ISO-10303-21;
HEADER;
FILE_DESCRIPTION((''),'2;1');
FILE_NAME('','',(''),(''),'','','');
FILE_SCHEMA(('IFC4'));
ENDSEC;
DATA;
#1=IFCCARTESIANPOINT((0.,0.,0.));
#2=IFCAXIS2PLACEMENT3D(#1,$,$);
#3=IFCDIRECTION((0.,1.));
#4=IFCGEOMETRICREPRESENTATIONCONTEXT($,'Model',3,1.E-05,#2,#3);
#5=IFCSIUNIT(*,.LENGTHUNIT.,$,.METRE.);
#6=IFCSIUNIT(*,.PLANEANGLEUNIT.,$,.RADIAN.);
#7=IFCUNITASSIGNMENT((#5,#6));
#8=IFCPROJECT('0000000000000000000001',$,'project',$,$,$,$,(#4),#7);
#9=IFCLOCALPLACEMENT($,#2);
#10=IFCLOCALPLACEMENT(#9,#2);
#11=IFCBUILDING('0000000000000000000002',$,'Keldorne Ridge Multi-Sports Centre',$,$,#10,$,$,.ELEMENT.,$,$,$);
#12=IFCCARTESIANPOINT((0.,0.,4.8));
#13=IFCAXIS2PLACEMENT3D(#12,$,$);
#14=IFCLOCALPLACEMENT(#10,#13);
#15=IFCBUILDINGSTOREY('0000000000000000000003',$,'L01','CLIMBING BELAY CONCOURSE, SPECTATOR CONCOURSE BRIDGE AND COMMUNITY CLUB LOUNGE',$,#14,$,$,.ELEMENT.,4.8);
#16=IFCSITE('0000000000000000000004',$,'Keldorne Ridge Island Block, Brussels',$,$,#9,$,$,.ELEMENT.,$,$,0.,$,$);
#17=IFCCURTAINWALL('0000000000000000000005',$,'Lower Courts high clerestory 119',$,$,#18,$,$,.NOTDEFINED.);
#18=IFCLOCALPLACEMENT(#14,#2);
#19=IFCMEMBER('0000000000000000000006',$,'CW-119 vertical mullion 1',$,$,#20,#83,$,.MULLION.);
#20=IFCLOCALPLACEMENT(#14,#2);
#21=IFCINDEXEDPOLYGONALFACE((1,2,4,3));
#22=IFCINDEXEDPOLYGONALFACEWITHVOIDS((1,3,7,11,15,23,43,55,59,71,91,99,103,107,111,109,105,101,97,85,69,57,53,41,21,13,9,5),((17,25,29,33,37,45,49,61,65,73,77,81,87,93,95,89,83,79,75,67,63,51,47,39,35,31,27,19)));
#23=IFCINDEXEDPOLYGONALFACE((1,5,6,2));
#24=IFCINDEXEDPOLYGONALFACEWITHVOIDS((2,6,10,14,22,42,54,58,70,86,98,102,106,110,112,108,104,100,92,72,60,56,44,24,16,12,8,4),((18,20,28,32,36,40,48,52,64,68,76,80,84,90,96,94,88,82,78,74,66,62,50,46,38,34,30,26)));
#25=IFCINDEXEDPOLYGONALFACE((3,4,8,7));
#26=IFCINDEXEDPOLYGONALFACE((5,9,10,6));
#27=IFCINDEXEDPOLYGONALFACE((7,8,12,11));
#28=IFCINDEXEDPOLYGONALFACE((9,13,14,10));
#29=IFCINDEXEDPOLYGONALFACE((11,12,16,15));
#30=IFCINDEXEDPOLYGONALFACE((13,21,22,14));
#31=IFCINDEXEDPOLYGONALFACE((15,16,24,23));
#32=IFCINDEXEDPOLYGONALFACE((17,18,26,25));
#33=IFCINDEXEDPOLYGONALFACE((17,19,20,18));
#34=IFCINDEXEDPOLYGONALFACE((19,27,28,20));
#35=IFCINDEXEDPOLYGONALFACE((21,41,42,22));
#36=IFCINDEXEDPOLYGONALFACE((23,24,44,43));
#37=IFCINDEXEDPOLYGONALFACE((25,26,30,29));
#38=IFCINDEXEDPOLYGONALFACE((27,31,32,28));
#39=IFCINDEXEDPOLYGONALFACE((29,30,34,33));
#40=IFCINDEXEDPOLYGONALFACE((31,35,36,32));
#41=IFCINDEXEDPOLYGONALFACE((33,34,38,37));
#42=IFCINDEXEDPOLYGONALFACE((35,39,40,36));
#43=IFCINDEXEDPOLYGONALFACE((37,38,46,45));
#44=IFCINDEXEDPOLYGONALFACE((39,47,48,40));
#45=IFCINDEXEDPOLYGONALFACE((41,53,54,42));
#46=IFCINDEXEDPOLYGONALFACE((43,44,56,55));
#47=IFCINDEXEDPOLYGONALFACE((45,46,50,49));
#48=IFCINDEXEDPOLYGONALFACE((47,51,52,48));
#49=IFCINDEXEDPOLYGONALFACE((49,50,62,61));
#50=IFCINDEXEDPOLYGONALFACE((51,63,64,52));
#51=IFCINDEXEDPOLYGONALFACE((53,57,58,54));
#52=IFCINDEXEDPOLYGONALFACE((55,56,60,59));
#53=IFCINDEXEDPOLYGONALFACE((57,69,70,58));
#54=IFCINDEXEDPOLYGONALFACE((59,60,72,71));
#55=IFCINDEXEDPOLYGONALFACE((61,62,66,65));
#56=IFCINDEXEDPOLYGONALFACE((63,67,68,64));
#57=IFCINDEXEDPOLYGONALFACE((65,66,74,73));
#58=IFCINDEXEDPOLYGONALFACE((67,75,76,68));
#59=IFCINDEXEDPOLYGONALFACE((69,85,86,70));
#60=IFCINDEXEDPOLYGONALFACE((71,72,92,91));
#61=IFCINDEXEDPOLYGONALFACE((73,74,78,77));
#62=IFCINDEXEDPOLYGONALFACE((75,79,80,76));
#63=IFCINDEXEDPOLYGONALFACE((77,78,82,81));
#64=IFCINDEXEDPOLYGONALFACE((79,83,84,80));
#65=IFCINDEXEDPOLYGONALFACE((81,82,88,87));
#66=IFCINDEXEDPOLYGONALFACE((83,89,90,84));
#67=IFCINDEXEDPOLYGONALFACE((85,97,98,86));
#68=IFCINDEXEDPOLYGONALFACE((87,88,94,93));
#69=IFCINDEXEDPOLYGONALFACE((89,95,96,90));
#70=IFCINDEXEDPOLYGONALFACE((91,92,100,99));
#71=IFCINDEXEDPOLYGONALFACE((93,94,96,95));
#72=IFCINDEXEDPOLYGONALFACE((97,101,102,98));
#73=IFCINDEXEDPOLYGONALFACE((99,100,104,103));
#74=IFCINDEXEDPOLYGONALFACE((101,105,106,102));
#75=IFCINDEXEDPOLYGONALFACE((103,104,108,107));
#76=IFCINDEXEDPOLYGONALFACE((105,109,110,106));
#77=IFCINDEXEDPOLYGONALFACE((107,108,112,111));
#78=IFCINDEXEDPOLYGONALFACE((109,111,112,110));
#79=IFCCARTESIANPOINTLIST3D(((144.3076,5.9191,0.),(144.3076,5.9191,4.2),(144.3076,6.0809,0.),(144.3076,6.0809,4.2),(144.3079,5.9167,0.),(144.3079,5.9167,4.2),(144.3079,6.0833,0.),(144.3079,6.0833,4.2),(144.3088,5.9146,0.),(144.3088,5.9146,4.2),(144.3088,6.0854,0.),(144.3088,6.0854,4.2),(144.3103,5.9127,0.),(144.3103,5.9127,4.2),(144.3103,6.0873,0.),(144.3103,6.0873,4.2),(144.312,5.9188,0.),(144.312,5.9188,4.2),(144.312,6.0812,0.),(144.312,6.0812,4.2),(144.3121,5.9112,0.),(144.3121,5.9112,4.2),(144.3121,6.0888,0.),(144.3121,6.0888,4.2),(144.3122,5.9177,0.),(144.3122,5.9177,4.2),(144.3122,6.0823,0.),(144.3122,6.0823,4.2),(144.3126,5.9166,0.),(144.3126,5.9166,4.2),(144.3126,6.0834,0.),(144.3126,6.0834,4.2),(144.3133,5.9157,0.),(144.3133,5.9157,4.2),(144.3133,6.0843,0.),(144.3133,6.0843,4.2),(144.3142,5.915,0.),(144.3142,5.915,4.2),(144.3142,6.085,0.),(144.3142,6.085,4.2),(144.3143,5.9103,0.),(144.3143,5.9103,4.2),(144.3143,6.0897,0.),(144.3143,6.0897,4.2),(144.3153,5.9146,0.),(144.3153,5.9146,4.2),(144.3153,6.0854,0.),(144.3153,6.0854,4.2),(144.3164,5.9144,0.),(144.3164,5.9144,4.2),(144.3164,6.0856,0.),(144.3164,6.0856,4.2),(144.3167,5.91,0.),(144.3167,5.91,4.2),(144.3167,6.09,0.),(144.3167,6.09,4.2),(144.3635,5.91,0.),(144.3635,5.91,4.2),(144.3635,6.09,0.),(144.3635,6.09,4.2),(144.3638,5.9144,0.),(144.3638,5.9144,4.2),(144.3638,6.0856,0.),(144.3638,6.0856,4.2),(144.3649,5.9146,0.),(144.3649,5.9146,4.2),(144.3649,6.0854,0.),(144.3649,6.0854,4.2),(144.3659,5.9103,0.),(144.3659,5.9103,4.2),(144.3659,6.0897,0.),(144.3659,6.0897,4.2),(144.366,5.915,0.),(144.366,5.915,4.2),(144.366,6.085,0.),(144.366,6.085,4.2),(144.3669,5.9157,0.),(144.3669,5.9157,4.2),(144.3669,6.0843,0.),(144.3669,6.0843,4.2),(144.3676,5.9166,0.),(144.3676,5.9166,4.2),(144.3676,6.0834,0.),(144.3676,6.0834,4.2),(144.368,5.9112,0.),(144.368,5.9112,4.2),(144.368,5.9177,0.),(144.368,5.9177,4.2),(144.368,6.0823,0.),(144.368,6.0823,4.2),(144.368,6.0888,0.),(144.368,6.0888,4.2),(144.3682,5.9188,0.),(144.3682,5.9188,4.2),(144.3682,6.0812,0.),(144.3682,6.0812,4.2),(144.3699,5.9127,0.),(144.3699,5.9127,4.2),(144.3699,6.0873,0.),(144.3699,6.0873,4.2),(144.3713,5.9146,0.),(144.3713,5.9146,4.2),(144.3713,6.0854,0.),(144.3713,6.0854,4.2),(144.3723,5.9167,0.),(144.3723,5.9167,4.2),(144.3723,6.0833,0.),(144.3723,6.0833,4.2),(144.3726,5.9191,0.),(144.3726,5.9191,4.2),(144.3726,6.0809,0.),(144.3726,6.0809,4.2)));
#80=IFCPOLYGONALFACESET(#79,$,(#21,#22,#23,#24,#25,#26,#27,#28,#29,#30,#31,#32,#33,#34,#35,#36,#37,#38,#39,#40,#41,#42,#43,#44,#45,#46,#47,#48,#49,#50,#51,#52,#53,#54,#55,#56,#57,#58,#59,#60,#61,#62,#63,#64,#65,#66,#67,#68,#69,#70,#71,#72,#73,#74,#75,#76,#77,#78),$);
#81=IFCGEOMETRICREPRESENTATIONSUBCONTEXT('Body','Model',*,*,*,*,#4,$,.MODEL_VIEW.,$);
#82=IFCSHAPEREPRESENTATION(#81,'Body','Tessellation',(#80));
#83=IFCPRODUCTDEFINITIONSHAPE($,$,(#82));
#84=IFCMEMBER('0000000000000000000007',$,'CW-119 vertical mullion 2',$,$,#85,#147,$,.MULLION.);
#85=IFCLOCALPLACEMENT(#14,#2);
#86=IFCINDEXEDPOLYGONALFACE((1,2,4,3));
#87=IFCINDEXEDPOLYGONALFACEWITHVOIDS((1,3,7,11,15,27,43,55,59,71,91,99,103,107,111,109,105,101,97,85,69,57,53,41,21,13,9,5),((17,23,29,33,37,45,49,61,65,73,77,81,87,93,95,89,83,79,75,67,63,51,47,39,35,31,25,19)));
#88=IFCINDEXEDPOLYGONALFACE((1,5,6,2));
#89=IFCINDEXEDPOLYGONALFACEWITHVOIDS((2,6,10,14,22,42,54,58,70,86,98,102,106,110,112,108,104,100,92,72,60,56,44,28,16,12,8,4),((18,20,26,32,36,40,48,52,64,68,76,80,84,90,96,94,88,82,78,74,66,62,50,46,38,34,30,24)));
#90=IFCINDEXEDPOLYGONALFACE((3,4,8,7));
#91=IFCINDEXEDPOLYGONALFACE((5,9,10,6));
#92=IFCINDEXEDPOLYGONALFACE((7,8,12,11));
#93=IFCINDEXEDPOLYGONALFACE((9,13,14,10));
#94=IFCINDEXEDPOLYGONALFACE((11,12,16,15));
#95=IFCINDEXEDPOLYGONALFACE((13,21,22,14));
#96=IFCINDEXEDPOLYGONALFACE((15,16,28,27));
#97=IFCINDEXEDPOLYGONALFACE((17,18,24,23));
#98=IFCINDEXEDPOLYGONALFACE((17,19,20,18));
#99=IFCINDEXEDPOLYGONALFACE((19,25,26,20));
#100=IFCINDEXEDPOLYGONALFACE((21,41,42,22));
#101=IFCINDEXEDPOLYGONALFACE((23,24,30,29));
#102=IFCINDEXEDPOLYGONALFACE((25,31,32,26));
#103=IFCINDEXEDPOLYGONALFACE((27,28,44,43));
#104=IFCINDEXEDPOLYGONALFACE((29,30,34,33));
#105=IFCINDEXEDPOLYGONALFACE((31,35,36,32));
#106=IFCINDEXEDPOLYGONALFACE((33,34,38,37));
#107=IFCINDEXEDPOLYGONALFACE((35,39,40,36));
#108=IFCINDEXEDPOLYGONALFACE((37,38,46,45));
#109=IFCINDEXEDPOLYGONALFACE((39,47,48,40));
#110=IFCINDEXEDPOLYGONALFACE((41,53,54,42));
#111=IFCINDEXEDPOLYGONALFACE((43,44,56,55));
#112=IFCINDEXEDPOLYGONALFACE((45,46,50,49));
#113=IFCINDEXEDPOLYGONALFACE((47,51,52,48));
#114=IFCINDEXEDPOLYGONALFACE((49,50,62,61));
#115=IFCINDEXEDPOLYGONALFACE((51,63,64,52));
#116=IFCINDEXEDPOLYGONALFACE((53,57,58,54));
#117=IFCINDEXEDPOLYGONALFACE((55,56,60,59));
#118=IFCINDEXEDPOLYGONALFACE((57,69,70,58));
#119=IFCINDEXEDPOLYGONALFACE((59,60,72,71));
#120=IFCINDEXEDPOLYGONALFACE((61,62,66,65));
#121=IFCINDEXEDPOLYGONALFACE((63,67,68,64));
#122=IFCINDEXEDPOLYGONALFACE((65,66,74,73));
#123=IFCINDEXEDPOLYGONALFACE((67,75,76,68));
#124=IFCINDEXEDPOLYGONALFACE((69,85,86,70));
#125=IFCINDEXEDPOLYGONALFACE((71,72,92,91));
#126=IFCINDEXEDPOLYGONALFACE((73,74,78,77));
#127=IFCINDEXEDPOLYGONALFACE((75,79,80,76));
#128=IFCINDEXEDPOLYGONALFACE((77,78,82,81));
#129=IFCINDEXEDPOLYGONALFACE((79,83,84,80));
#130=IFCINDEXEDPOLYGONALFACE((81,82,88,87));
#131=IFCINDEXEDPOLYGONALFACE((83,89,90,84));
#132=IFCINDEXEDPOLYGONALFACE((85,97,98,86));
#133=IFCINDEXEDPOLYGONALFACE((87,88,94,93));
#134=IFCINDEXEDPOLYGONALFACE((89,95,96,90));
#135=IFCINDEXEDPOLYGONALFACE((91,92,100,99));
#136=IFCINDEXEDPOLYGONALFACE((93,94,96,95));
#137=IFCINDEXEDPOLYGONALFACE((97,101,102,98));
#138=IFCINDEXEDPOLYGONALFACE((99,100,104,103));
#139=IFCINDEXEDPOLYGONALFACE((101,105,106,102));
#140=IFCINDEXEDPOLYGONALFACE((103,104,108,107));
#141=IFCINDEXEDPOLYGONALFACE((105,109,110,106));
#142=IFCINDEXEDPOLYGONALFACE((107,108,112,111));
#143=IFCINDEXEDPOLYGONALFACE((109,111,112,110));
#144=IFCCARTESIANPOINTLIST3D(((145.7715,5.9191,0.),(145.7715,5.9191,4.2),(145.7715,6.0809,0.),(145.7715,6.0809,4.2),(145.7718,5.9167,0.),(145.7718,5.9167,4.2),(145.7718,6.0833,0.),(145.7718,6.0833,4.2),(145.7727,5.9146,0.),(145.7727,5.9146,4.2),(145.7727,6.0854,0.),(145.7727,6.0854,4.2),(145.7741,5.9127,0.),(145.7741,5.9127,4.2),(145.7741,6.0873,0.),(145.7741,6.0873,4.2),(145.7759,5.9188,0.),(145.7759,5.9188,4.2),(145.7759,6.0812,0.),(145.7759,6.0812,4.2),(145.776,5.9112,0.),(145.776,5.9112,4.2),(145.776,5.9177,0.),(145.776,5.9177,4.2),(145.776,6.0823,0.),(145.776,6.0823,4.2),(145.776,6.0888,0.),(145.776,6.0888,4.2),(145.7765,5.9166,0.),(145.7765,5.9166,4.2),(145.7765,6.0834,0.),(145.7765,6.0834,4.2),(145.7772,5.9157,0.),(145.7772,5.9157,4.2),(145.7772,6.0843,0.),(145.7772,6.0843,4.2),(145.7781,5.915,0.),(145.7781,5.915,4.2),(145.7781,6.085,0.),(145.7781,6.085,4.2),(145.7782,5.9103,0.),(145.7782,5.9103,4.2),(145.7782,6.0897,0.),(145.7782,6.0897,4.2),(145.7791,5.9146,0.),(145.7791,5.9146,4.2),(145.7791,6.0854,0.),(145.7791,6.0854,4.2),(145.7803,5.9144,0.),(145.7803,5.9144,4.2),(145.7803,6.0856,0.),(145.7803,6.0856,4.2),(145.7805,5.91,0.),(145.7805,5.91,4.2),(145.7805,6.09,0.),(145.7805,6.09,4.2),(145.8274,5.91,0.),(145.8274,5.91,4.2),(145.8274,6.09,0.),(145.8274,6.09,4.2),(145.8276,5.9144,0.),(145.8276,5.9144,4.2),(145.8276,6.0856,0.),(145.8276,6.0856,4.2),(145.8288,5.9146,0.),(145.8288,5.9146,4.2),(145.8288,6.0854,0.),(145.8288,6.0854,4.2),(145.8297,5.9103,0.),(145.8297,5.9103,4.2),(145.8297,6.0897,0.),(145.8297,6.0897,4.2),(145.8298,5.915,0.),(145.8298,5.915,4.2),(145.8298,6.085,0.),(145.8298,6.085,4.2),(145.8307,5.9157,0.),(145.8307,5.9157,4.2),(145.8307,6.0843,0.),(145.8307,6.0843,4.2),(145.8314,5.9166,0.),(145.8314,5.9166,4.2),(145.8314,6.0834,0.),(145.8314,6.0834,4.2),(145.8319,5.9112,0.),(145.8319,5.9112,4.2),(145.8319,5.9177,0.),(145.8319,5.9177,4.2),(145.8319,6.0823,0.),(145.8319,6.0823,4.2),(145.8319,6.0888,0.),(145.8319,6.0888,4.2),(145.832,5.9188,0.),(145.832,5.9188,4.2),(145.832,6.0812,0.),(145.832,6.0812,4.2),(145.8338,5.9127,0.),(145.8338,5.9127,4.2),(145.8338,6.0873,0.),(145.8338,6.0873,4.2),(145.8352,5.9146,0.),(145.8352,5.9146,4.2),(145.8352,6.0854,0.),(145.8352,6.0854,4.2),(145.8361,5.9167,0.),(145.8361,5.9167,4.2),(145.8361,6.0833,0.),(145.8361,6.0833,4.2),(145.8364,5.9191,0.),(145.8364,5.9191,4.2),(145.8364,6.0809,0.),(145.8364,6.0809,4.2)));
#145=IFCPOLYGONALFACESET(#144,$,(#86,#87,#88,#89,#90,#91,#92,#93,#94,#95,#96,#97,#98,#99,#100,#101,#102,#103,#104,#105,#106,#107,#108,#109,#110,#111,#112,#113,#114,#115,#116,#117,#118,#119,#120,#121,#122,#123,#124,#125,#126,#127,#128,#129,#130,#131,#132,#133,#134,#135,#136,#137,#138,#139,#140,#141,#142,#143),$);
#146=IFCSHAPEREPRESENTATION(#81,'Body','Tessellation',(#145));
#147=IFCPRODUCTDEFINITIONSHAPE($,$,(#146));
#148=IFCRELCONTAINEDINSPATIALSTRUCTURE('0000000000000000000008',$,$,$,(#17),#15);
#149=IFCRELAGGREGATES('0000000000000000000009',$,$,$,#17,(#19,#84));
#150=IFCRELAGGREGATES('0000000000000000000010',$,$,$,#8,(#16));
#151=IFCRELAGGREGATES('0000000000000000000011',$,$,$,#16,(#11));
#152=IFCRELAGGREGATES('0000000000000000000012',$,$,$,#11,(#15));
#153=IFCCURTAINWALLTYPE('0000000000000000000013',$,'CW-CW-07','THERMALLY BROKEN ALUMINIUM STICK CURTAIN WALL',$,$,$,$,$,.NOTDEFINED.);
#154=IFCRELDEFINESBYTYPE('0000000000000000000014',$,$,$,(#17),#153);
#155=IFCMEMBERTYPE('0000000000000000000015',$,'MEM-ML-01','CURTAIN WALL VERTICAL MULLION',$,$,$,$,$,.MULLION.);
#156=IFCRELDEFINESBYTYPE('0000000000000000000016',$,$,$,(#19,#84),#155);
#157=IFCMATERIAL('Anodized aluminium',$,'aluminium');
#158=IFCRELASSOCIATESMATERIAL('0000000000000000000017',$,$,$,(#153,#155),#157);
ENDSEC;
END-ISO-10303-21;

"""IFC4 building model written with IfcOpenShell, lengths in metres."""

from ifc_helpers import new_model, si_unit, direction, frame, origin, origin_2d, place, context, subcontext, project, spatial, hollow_rectangle, extrude, material, material_profile, profile_set, type_object, element, aggregate, save


model = new_model("IFC4")

# Units and contexts
model_context = context("Model", 3, precision=1e-05, world=origin(), true_north=direction((0.0, 1.0)))
body_context = subcontext(model_context, "Body", "Model", "MODEL_VIEW")
ifc_project = project(units=[si_unit("LENGTHUNIT", "METRE"), si_unit("PLANEANGLEUNIT", "RADIAN")], contexts=[model_context])

# Site, building, storey
site_placement = place(None, origin())
site = spatial("IfcSite", under=ifc_project, at=site_placement, Name="Keldorne Ridge Island Block, Brussels", CompositionType="ELEMENT", RefElevation=0.0)
building_placement = place(site_placement, origin())
building = spatial("IfcBuilding", under=site, at=building_placement, Name="Keldorne Ridge Multi-Sports Centre", CompositionType="ELEMENT")
storey_placement = place(building_placement, frame((0.0, 0.0, 4.8)))
storey = spatial("IfcBuildingStorey", under=building, at=storey_placement, Name="L01", Description="CLIMBING BELAY CONCOURSE, SPECTATOR CONCOURSE BRIDGE AND COMMUNITY CLUB LOUNGE", CompositionType="ELEMENT", Elevation=4.8)

# Curtain wall, members
ifc_material_1 = material(Name="Anodized aluminium", Category="aluminium")
curtain_wall_type = type_object("IfcCurtainWallType", Name="CW-CW-07", Description="THERMALLY BROKEN ALUMINIUM STICK CURTAIN WALL", PredefinedType="NOTDEFINED", material=ifc_material_1)
curtain_wall_placement = place(storey_placement, origin())
curtain_wall = element("IfcCurtainWall", 1, at=curtain_wall_placement, inside=storey, type_object=curtain_wall_type, Name="Lower Courts high clerestory 119", PredefinedType="NOTDEFINED")
ifc_material_profile_1 = material_profile(ifc_material_1, hollow_rectangle(XDim=0.0649, YDim=0.1799, WallThickness=0.0044, InnerFilletRadius=0.0044, OuterFilletRadius=0.009, at=origin_2d()), Name="ALU MULLION 180x65x4.5")
ifc_profile_set_1 = profile_set([ifc_material_profile_1], Name="Anodized aluminium")
member_type_1 = type_object("IfcMemberType", Name="MEM-ML-01", Description="CURTAIN WALL VERTICAL MULLION", PredefinedType="MULLION", material=ifc_profile_set_1)
member_1_placement = place(storey_placement, frame((144.3401, 6.0, 0.0), z_axis=(0.0, 0.0, 1.0), x_axis=(1.0, 0.0, 0.0)))
member_1 = element("IfcMember", 2, at=member_1_placement, type_object=member_type_1, Name="CW-119 vertical mullion 1", PredefinedType="MULLION", context=body_context, shape_type="SweptSolid", body=[
    extrude(hollow_rectangle(XDim=0.0649, YDim=0.1799, WallThickness=0.0044, InnerFilletRadius=0.0044, OuterFilletRadius=0.009, at=origin_2d()), origin(), (0.0, 0.0, 1.0), 4.2),
])
member_2_placement = place(storey_placement, frame((145.804, 6.0, 0.0), z_axis=(0.0, 0.0, 1.0), x_axis=(1.0, 0.0, 0.0)))
member_2 = element("IfcMember", 3, at=member_2_placement, type_object=member_type_1, Name="CW-119 vertical mullion 2", PredefinedType="MULLION", context=body_context, shape_type="SweptSolid", body=[
    extrude(hollow_rectangle(XDim=0.0649, YDim=0.1799, WallThickness=0.0044, InnerFilletRadius=0.0044, OuterFilletRadius=0.009, at=origin_2d()), origin(), (0.0, 0.0, 1.0), 4.2),
])
aggregate(curtain_wall, [member_1, member_2])

save(model, "model.ifc")
